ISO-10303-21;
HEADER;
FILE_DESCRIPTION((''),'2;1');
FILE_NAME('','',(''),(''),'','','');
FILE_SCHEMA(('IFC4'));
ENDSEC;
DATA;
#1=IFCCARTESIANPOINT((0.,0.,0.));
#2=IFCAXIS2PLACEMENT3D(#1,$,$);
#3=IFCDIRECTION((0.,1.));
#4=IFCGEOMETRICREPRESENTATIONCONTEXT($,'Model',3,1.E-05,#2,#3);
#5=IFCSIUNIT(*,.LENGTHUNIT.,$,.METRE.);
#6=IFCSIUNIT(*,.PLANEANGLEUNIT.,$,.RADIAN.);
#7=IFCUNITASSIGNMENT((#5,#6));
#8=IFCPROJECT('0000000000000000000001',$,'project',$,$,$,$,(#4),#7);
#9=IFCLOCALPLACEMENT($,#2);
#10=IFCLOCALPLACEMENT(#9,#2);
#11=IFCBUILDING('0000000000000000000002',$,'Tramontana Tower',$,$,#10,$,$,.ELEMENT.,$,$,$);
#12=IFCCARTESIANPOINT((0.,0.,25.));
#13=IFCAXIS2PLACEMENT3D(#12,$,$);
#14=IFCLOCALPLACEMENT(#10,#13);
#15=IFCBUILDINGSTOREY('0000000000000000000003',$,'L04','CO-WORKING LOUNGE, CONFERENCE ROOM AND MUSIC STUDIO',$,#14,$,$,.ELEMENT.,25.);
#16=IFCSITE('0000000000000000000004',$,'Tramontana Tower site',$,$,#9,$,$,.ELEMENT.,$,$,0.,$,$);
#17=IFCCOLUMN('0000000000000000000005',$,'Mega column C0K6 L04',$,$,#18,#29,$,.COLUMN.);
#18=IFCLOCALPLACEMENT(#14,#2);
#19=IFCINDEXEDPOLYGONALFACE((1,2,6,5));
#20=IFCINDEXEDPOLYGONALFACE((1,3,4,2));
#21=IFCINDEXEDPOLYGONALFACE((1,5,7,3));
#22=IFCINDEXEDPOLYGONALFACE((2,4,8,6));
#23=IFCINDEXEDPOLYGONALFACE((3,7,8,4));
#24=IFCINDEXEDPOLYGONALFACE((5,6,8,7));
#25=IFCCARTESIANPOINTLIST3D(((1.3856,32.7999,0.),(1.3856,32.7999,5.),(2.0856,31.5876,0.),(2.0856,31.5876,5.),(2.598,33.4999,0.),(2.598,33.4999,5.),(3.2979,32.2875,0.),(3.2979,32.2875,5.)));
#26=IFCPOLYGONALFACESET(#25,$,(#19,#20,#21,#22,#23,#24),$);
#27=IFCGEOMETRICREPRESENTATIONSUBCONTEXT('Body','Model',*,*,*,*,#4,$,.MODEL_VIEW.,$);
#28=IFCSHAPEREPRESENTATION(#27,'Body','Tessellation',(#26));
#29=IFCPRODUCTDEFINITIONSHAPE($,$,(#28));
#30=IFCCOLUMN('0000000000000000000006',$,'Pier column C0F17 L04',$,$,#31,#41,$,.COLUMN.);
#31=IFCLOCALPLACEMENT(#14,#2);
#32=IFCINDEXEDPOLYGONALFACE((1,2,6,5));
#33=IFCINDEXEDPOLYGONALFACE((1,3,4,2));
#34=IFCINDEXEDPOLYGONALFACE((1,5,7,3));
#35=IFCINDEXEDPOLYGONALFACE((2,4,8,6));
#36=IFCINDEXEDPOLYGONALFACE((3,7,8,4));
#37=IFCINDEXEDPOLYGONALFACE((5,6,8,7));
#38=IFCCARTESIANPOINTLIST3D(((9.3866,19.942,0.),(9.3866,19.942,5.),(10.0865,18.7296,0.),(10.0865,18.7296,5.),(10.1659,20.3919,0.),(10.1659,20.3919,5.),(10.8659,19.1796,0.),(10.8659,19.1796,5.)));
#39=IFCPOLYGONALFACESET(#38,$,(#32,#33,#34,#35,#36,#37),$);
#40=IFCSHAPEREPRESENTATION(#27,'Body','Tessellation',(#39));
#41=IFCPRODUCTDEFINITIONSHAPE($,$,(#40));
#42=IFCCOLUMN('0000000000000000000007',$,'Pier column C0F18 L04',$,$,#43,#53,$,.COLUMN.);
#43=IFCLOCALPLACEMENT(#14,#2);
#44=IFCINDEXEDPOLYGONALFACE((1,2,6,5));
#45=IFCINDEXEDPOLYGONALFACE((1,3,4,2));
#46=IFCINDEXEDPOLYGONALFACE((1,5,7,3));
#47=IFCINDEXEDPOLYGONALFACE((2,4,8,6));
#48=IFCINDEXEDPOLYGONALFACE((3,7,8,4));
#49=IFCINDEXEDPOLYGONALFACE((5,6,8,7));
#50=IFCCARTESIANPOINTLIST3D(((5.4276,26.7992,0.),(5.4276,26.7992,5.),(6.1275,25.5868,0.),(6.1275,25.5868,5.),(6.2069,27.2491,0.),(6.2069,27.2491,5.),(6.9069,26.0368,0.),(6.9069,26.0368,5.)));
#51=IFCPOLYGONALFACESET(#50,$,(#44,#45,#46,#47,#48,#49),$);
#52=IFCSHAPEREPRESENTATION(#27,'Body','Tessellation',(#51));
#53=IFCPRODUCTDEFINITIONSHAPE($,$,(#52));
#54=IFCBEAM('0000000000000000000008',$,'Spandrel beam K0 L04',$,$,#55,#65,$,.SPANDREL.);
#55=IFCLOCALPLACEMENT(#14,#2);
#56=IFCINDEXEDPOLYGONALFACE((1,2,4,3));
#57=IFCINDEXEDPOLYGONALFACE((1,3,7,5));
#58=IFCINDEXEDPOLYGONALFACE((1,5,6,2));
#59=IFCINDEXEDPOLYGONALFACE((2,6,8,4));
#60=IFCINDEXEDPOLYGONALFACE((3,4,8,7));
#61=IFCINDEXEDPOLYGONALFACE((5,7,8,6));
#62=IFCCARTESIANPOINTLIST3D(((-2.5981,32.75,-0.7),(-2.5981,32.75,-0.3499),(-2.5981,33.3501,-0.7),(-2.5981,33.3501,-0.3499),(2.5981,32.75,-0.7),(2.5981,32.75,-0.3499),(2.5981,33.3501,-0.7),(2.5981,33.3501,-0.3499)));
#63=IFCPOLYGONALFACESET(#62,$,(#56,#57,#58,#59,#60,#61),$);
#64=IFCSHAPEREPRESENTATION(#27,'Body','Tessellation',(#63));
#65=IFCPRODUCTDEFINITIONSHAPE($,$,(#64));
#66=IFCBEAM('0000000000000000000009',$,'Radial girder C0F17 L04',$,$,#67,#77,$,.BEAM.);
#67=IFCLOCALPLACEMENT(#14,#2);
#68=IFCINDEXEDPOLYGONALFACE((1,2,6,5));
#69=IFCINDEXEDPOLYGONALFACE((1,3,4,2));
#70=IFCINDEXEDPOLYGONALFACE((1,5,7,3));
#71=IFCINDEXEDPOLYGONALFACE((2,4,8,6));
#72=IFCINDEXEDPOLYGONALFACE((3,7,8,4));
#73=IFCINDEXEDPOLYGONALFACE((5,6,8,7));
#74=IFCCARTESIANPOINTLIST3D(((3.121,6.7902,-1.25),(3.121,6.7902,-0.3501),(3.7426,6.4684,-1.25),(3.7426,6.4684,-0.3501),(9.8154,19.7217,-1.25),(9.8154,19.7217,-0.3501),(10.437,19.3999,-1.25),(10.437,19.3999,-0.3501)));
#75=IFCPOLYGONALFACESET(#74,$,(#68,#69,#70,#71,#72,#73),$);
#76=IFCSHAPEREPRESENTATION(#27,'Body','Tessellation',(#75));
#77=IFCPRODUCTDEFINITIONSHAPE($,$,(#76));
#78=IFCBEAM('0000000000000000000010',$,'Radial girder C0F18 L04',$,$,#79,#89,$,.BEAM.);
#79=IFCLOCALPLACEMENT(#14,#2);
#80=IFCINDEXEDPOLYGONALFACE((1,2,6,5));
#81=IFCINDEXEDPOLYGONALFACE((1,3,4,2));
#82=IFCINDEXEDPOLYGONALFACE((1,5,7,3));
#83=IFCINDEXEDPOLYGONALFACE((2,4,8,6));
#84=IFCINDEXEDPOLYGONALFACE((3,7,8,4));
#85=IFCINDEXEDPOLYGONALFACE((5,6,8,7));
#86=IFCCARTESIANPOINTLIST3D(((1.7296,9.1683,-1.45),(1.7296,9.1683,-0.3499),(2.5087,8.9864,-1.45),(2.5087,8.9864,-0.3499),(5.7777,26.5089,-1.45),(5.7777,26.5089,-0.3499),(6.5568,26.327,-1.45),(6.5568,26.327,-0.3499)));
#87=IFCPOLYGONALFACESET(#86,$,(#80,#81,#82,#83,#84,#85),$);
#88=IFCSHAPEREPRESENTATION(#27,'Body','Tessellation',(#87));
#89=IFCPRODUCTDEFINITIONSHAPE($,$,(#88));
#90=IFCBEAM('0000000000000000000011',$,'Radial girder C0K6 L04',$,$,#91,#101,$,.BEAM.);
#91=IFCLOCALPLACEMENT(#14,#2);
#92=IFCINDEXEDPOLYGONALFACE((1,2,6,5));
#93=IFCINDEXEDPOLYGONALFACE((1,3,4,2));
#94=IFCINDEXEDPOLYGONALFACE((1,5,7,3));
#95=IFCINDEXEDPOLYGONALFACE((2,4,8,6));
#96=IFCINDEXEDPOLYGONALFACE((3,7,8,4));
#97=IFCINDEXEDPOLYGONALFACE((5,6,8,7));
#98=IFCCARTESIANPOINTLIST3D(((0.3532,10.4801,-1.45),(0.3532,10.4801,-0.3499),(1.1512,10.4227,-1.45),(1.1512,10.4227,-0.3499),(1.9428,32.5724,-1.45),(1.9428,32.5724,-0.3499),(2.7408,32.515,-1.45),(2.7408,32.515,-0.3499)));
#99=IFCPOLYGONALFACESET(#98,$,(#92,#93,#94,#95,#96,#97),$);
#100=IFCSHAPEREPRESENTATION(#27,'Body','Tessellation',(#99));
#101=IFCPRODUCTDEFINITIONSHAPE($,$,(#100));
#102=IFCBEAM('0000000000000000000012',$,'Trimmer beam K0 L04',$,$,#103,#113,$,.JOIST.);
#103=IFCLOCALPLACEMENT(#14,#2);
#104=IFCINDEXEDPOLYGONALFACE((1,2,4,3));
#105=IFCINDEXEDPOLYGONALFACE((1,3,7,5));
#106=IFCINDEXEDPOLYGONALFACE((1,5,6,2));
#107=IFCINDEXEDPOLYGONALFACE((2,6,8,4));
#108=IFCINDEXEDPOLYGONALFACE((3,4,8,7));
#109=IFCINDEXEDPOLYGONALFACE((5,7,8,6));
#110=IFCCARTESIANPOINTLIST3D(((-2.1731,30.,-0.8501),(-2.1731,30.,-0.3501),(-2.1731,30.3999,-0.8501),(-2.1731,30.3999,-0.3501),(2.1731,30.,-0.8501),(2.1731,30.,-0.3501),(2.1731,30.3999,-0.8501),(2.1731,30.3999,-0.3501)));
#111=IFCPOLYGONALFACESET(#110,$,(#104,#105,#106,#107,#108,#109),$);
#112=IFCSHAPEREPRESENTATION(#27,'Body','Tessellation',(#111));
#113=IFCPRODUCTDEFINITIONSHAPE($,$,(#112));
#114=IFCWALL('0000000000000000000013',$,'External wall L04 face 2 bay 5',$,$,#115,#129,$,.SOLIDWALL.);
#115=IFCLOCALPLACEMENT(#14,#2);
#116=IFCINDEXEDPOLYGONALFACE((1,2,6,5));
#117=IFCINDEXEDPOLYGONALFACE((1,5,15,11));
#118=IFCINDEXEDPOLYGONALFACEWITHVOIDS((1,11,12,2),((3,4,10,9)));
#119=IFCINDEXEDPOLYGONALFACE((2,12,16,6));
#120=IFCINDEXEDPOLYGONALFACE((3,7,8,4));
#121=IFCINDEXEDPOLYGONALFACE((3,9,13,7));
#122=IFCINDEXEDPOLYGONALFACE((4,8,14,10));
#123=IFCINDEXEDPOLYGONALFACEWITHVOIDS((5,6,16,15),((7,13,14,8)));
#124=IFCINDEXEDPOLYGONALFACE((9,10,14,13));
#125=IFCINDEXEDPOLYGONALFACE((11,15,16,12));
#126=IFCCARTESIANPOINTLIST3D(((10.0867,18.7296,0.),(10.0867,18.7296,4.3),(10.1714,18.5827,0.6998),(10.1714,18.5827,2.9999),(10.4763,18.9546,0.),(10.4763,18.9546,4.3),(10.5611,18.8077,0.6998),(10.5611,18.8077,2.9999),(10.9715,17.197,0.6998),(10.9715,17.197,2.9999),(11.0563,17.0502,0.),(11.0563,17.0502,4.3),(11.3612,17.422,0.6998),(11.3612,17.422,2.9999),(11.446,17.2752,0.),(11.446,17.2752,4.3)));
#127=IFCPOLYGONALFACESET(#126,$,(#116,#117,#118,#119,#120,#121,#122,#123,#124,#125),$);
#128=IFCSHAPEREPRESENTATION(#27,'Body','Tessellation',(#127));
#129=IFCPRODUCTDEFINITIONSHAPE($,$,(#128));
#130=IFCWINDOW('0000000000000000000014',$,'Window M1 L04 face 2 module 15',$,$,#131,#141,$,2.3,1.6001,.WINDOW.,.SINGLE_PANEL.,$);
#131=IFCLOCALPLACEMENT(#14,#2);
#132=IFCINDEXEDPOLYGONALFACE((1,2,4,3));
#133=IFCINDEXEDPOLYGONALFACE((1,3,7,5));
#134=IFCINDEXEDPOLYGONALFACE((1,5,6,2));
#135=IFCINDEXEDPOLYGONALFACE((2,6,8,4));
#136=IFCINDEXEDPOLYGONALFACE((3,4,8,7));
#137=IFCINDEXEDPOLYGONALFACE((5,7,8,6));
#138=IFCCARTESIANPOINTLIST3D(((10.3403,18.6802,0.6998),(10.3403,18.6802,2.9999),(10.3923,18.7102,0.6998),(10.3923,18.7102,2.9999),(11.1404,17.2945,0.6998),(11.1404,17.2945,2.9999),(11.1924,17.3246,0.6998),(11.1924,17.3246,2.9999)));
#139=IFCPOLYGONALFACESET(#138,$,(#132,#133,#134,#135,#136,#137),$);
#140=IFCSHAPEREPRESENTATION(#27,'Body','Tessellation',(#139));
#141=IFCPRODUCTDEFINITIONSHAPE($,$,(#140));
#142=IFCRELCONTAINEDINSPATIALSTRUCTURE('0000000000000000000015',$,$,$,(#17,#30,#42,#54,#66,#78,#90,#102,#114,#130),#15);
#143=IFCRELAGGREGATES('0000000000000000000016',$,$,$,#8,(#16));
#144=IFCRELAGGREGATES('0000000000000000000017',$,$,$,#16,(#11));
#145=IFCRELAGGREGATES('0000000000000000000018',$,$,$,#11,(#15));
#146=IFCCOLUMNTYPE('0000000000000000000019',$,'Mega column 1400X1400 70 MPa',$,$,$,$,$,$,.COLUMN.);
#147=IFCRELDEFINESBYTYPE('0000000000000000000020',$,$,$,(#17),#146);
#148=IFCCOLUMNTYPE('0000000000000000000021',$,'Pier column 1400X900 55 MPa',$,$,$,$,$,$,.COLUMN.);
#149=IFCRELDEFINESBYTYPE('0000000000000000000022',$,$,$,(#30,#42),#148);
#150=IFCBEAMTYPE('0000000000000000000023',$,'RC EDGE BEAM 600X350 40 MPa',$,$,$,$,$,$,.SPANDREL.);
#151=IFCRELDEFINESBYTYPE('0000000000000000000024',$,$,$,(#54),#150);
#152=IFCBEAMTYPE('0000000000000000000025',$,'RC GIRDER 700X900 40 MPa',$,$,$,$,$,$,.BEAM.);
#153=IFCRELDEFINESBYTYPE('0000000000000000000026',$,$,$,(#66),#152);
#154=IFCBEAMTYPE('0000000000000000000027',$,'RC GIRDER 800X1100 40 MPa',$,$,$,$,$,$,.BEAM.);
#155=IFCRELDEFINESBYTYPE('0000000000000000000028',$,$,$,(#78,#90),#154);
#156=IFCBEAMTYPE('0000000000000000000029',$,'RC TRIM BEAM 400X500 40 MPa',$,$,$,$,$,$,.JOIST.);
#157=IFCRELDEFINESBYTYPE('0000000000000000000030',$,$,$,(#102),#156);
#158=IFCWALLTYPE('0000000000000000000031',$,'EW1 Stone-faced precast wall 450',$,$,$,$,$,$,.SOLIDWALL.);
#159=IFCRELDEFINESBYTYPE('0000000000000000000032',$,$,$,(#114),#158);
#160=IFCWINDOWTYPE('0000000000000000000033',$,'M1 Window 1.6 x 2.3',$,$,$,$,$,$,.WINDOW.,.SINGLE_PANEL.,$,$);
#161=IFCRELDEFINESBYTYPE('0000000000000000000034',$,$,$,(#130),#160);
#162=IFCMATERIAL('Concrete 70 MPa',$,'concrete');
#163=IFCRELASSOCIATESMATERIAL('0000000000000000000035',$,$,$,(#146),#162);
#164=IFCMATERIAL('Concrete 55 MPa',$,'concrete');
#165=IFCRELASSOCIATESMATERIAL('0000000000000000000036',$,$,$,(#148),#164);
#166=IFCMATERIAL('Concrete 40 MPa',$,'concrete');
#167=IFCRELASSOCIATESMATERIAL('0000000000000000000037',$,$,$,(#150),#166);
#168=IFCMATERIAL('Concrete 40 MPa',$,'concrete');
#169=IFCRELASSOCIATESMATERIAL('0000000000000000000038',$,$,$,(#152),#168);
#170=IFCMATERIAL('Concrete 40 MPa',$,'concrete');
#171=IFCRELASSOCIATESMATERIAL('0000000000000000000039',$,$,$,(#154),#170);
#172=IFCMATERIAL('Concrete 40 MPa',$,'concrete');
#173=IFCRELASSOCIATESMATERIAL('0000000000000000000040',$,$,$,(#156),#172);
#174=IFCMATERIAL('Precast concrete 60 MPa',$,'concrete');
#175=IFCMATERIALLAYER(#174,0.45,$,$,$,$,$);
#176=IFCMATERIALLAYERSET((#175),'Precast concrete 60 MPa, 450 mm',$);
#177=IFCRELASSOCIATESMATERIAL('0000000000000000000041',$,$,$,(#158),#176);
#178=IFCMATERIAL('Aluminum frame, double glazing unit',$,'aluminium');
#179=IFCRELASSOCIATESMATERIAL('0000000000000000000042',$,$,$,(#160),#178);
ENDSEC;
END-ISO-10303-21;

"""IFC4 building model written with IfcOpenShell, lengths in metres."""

from ifc_helpers import new_model, si_unit, direction, frame, frame_2d, origin, origin_2d, place, context, subcontext, project, spatial, rectangle, extrude, material, layer, layer_set, material_profile, profile_set, type_object, element, fill, save


model = new_model("IFC4")

# Units and contexts
model_context = context("Model", 3, precision=1e-05, world=origin(), true_north=direction((0.0, 1.0)))
body_context = subcontext(model_context, "Body", "Model", "MODEL_VIEW")
ifc_project = project(units=[si_unit("LENGTHUNIT", "METRE"), si_unit("PLANEANGLEUNIT", "RADIAN")], contexts=[model_context])

# Site, building, storey
site_placement = place(None, origin())
site = spatial("IfcSite", under=ifc_project, at=site_placement, Name="Tramontana Tower site", CompositionType="ELEMENT", RefElevation=0.0)
building_placement = place(site_placement, origin())
building = spatial("IfcBuilding", under=site, at=building_placement, Name="Tramontana Tower", CompositionType="ELEMENT")
storey_placement = place(building_placement, frame((0.0, 0.0, 25.0)))
storey = spatial("IfcBuildingStorey", under=building, at=storey_placement, Name="L04", Description="CO-WORKING LOUNGE, CONFERENCE ROOM AND MUSIC STUDIO", CompositionType="ELEMENT", Elevation=25.0)

# Columns
ifc_material_1 = material(Name="Concrete 70 MPa", Category="concrete")
ifc_material_profile_1 = material_profile(ifc_material_1, rectangle(XDim=1.3999, YDim=1.3999, at=origin_2d()), Name="Mega column 1400X1400 70 MPa")
ifc_profile_set_1 = profile_set([ifc_material_profile_1], Name="Concrete 70 MPa")
column_type_1 = type_object("IfcColumnType", Name="Mega column 1400X1400 70 MPa", PredefinedType="COLUMN", material=ifc_profile_set_1)
column_placement = place(storey_placement, frame((2.3418, 32.5437, 0.0), z_axis=(0.0, 0.0, 1.0), x_axis=(-0.5, 0.866025, 0.0)))
element("IfcColumn", 1, at=column_placement, inside=storey, type_object=column_type_1, Name="Mega column C0K6 L04", PredefinedType="COLUMN", context=body_context, shape_type="SweptSolid", body=[
    extrude(rectangle(XDim=1.3999, YDim=1.3999, at=origin_2d()), origin(), (0.0, 0.0, 1.0), 5.0),
])
ifc_material_2 = material(Name="Concrete 55 MPa", Category="concrete")
ifc_material_profile_2 = material_profile(ifc_material_2, rectangle(XDim=1.3999, YDim=0.8999, at=origin_2d()), Name="Pier column 1400X900 55 MPa")
ifc_profile_set_2 = profile_set([ifc_material_profile_2], Name="Concrete 55 MPa")
column_type_2 = type_object("IfcColumnType", Name="Pier column 1400X900 55 MPa", PredefinedType="COLUMN", material=ifc_profile_set_2)
for number, where, z_axis, x_axis, name in (
    (2, (10.1262, 19.5608, 0.0), (0.0, 0.0, 1.0), (-0.5, 0.866025, 0.0), "Pier column C0F17 L04"),
    (3, (6.1672, 26.418, 0.0), (0.0, 0.0, 1.0), (-0.5, 0.866025, 0.0), "Pier column C0F18 L04"),
):
    element("IfcColumn", number, at=place(storey_placement, frame(where, z_axis=z_axis, x_axis=x_axis)), inside=storey, type_object=column_type_2, Name=name, PredefinedType="COLUMN", context=body_context, shape_type="SweptSolid", body=[
        extrude(rectangle(XDim=1.3999, YDim=0.8999, at=origin_2d()), origin(), (0.0, 0.0, 1.0), 5.0),
    ])

# Beams
ifc_material_3 = material(Name="Concrete 40 MPa", Category="concrete")
ifc_material_profile_3 = material_profile(ifc_material_3, rectangle(XDim=0.6001, YDim=0.3501, at=origin_2d()), Name="RC EDGE BEAM 600X350 40 MPa")
ifc_profile_set_3 = profile_set([ifc_material_profile_3], Name="Concrete 40 MPa")
beam_type_1 = type_object("IfcBeamType", Name="RC EDGE BEAM 600X350 40 MPa", PredefinedType="SPANDREL", material=ifc_profile_set_3)
beam_1_placement = place(storey_placement, frame((2.5981, 33.05, -0.5249), z_axis=(-1.0, 0.0, 0.0), x_axis=(0.0, -1.0, 0.0)))
element("IfcBeam", 4, at=beam_1_placement, inside=storey, type_object=beam_type_1, Name="Spandrel beam K0 L04", PredefinedType="SPANDREL", context=body_context, shape_type="SweptSolid", body=[
    extrude(rectangle(XDim=0.6001, YDim=0.3501, at=origin_2d()), origin(), (0.0, 0.0, 1.0), 5.1963),
])
ifc_material_4 = material(Name="Concrete 40 MPa", Category="concrete")
ifc_material_profile_4 = material_profile(ifc_material_4, rectangle(XDim=0.7, YDim=0.8999, at=origin_2d()), Name="RC GIRDER 700X900 40 MPa")
ifc_profile_set_4 = profile_set([ifc_material_profile_4], Name="Concrete 40 MPa")
beam_type_2 = type_object("IfcBeamType", Name="RC GIRDER 700X900 40 MPa", PredefinedType="BEAM", material=ifc_profile_set_4)
beam_2_placement = place(storey_placement, frame((10.1262, 19.5608, -0.8), z_axis=(-0.459731, -0.888058, 0.0), x_axis=(0.888058, -0.459731, 0.0)))
element("IfcBeam", 5, at=beam_2_placement, inside=storey, type_object=beam_type_2, Name="Radial girder C0F17 L04", PredefinedType="BEAM", context=body_context, shape_type="SweptSolid", body=[
    extrude(rectangle(XDim=0.7, YDim=0.8999, at=origin_2d()), origin(), (0.0, 0.0, 1.0), 14.5615),
])
ifc_material_5 = material(Name="Concrete 40 MPa", Category="concrete")
ifc_material_profile_5 = material_profile(ifc_material_5, rectangle(XDim=0.8, YDim=1.1001, at=origin_2d()), Name="RC GIRDER 800X1100 40 MPa")
ifc_profile_set_5 = profile_set([ifc_material_profile_5], Name="Concrete 40 MPa")
beam_type_3 = type_object("IfcBeamType", Name="RC GIRDER 800X1100 40 MPa", PredefinedType="BEAM", material=ifc_profile_set_5)
beam_3_placement = place(storey_placement, frame((6.1672, 26.418, -0.8999), z_axis=(-0.227334, -0.973817, 0.0), x_axis=(0.973817, -0.227334, 0.0)))
element("IfcBeam", 6, at=beam_3_placement, inside=storey, type_object=beam_type_3, Name="Radial girder C0F18 L04", PredefinedType="BEAM", context=body_context, shape_type="SweptSolid", body=[
    extrude(rectangle(XDim=0.8, YDim=1.1001, at=origin_2d()), origin(), (0.0, 0.0, 1.0), 17.8069),
])
beam_4_placement = place(storey_placement, frame((2.3418, 32.5437, -0.8999), z_axis=(-0.071767, -0.997421, 0.0), x_axis=(0.997421, -0.071767, 0.0)))
element("IfcBeam", 7, at=beam_4_placement, inside=storey, type_object=beam_type_3, Name="Radial girder C0K6 L04", PredefinedType="BEAM", context=body_context, shape_type="SweptSolid", body=[
    extrude(rectangle(XDim=0.8, YDim=1.1001, at=origin_2d()), origin(), (0.0, 0.0, 1.0), 22.1494),
])
ifc_material_6 = material(Name="Concrete 40 MPa", Category="concrete")
ifc_material_profile_6 = material_profile(ifc_material_6, rectangle(XDim=0.3999, YDim=0.5, at=origin_2d()), Name="RC TRIM BEAM 400X500 40 MPa")
ifc_profile_set_6 = profile_set([ifc_material_profile_6], Name="Concrete 40 MPa")
beam_type_4 = type_object("IfcBeamType", Name="RC TRIM BEAM 400X500 40 MPa", PredefinedType="JOIST", material=ifc_profile_set_6)
beam_5_placement = place(storey_placement, frame((2.1731, 30.2, -0.6001), z_axis=(-1.0, 0.0, 0.0), x_axis=(0.0, -1.0, 0.0)))
element("IfcBeam", 8, at=beam_5_placement, inside=storey, type_object=beam_type_4, Name="Trimmer beam K0 L04", PredefinedType="JOIST", context=body_context, shape_type="SweptSolid", body=[
    extrude(rectangle(XDim=0.3999, YDim=0.5, at=origin_2d()), origin(), (0.0, 0.0, 1.0), 4.3462),
])

# Wall, opening, window
ifc_material_7 = material(Name="Precast concrete 60 MPa", Category="concrete")
ifc_layer_1 = layer(ifc_material_7, 0.45)
ifc_layer_set_1 = layer_set([ifc_layer_1], Name="Precast concrete 60 MPa, 450 mm")
wall_type_1 = type_object("IfcWallType", Name="EW1 Stone-faced precast wall 450", PredefinedType="SOLIDWALL", material=ifc_layer_set_1)
wall_1_placement = place(storey_placement, frame((11.2512, 17.1626, 0.0), z_axis=(0.0, 0.0, 1.0), x_axis=(-0.500038, 0.866003, 0.0)))
wall_1 = element("IfcWall", 9, at=wall_1_placement, inside=storey, type_object=wall_type_1, Name="External wall L04 face 2 bay 5", PredefinedType="SOLIDWALL", context=body_context, shape_type="SweptSolid", body=[
    extrude(rectangle(XDim=1.9392, YDim=0.45, at=frame_2d((0.9697, 0.0))), origin(), (0.0, 0.0, 1.0), 4.3),
])
opening_1_placement = place(wall_1_placement, frame((0.1697, 0.0, 0.7)))
opening_1 = element("IfcOpeningElement", 10, at=opening_1_placement, cuts=wall_1, PredefinedType="OPENING", context=body_context, shape_type="SweptSolid", body=[
    extrude(rectangle(XDim=1.6001, YDim=2.3, at=frame_2d((0.8, 1.1499))), frame((0.0, 0.2349, 0.0), z_axis=(0.0, -1.0, 0.0), x_axis=(1.0, 0.0, 0.0)), (0.0, 0.0, 1.0), 0.47),
])
ifc_material_8 = material(Name="Aluminum frame, double glazing unit", Category="aluminium")
window_type_1 = type_object("IfcWindowType", Name="M1 Window 1.6 x 2.3", PartitioningType="SINGLE_PANEL", PredefinedType="WINDOW", material=ifc_material_8)
window_1_placement = place(opening_1_placement, origin())
window_1 = element("IfcWindow", 11, at=window_1_placement, inside=storey, type_object=window_type_1, Name="Window M1 L04 face 2 module 15", OverallHeight=2.3, OverallWidth=1.6001, PartitioningType="SINGLE_PANEL", PredefinedType="WINDOW", context=body_context, shape_type="SweptSolid", body=[
    extrude(rectangle(XDim=1.6001, YDim=2.3, at=frame_2d((0.8, 1.1499))), frame((0.0, 0.03, 0.0), z_axis=(0.0, -1.0, 0.0), x_axis=(1.0, 0.0, 0.0)), (0.0, 0.0, 1.0), 0.0601),
])
fill(opening_1, window_1)

save(model, "model.ifc")
